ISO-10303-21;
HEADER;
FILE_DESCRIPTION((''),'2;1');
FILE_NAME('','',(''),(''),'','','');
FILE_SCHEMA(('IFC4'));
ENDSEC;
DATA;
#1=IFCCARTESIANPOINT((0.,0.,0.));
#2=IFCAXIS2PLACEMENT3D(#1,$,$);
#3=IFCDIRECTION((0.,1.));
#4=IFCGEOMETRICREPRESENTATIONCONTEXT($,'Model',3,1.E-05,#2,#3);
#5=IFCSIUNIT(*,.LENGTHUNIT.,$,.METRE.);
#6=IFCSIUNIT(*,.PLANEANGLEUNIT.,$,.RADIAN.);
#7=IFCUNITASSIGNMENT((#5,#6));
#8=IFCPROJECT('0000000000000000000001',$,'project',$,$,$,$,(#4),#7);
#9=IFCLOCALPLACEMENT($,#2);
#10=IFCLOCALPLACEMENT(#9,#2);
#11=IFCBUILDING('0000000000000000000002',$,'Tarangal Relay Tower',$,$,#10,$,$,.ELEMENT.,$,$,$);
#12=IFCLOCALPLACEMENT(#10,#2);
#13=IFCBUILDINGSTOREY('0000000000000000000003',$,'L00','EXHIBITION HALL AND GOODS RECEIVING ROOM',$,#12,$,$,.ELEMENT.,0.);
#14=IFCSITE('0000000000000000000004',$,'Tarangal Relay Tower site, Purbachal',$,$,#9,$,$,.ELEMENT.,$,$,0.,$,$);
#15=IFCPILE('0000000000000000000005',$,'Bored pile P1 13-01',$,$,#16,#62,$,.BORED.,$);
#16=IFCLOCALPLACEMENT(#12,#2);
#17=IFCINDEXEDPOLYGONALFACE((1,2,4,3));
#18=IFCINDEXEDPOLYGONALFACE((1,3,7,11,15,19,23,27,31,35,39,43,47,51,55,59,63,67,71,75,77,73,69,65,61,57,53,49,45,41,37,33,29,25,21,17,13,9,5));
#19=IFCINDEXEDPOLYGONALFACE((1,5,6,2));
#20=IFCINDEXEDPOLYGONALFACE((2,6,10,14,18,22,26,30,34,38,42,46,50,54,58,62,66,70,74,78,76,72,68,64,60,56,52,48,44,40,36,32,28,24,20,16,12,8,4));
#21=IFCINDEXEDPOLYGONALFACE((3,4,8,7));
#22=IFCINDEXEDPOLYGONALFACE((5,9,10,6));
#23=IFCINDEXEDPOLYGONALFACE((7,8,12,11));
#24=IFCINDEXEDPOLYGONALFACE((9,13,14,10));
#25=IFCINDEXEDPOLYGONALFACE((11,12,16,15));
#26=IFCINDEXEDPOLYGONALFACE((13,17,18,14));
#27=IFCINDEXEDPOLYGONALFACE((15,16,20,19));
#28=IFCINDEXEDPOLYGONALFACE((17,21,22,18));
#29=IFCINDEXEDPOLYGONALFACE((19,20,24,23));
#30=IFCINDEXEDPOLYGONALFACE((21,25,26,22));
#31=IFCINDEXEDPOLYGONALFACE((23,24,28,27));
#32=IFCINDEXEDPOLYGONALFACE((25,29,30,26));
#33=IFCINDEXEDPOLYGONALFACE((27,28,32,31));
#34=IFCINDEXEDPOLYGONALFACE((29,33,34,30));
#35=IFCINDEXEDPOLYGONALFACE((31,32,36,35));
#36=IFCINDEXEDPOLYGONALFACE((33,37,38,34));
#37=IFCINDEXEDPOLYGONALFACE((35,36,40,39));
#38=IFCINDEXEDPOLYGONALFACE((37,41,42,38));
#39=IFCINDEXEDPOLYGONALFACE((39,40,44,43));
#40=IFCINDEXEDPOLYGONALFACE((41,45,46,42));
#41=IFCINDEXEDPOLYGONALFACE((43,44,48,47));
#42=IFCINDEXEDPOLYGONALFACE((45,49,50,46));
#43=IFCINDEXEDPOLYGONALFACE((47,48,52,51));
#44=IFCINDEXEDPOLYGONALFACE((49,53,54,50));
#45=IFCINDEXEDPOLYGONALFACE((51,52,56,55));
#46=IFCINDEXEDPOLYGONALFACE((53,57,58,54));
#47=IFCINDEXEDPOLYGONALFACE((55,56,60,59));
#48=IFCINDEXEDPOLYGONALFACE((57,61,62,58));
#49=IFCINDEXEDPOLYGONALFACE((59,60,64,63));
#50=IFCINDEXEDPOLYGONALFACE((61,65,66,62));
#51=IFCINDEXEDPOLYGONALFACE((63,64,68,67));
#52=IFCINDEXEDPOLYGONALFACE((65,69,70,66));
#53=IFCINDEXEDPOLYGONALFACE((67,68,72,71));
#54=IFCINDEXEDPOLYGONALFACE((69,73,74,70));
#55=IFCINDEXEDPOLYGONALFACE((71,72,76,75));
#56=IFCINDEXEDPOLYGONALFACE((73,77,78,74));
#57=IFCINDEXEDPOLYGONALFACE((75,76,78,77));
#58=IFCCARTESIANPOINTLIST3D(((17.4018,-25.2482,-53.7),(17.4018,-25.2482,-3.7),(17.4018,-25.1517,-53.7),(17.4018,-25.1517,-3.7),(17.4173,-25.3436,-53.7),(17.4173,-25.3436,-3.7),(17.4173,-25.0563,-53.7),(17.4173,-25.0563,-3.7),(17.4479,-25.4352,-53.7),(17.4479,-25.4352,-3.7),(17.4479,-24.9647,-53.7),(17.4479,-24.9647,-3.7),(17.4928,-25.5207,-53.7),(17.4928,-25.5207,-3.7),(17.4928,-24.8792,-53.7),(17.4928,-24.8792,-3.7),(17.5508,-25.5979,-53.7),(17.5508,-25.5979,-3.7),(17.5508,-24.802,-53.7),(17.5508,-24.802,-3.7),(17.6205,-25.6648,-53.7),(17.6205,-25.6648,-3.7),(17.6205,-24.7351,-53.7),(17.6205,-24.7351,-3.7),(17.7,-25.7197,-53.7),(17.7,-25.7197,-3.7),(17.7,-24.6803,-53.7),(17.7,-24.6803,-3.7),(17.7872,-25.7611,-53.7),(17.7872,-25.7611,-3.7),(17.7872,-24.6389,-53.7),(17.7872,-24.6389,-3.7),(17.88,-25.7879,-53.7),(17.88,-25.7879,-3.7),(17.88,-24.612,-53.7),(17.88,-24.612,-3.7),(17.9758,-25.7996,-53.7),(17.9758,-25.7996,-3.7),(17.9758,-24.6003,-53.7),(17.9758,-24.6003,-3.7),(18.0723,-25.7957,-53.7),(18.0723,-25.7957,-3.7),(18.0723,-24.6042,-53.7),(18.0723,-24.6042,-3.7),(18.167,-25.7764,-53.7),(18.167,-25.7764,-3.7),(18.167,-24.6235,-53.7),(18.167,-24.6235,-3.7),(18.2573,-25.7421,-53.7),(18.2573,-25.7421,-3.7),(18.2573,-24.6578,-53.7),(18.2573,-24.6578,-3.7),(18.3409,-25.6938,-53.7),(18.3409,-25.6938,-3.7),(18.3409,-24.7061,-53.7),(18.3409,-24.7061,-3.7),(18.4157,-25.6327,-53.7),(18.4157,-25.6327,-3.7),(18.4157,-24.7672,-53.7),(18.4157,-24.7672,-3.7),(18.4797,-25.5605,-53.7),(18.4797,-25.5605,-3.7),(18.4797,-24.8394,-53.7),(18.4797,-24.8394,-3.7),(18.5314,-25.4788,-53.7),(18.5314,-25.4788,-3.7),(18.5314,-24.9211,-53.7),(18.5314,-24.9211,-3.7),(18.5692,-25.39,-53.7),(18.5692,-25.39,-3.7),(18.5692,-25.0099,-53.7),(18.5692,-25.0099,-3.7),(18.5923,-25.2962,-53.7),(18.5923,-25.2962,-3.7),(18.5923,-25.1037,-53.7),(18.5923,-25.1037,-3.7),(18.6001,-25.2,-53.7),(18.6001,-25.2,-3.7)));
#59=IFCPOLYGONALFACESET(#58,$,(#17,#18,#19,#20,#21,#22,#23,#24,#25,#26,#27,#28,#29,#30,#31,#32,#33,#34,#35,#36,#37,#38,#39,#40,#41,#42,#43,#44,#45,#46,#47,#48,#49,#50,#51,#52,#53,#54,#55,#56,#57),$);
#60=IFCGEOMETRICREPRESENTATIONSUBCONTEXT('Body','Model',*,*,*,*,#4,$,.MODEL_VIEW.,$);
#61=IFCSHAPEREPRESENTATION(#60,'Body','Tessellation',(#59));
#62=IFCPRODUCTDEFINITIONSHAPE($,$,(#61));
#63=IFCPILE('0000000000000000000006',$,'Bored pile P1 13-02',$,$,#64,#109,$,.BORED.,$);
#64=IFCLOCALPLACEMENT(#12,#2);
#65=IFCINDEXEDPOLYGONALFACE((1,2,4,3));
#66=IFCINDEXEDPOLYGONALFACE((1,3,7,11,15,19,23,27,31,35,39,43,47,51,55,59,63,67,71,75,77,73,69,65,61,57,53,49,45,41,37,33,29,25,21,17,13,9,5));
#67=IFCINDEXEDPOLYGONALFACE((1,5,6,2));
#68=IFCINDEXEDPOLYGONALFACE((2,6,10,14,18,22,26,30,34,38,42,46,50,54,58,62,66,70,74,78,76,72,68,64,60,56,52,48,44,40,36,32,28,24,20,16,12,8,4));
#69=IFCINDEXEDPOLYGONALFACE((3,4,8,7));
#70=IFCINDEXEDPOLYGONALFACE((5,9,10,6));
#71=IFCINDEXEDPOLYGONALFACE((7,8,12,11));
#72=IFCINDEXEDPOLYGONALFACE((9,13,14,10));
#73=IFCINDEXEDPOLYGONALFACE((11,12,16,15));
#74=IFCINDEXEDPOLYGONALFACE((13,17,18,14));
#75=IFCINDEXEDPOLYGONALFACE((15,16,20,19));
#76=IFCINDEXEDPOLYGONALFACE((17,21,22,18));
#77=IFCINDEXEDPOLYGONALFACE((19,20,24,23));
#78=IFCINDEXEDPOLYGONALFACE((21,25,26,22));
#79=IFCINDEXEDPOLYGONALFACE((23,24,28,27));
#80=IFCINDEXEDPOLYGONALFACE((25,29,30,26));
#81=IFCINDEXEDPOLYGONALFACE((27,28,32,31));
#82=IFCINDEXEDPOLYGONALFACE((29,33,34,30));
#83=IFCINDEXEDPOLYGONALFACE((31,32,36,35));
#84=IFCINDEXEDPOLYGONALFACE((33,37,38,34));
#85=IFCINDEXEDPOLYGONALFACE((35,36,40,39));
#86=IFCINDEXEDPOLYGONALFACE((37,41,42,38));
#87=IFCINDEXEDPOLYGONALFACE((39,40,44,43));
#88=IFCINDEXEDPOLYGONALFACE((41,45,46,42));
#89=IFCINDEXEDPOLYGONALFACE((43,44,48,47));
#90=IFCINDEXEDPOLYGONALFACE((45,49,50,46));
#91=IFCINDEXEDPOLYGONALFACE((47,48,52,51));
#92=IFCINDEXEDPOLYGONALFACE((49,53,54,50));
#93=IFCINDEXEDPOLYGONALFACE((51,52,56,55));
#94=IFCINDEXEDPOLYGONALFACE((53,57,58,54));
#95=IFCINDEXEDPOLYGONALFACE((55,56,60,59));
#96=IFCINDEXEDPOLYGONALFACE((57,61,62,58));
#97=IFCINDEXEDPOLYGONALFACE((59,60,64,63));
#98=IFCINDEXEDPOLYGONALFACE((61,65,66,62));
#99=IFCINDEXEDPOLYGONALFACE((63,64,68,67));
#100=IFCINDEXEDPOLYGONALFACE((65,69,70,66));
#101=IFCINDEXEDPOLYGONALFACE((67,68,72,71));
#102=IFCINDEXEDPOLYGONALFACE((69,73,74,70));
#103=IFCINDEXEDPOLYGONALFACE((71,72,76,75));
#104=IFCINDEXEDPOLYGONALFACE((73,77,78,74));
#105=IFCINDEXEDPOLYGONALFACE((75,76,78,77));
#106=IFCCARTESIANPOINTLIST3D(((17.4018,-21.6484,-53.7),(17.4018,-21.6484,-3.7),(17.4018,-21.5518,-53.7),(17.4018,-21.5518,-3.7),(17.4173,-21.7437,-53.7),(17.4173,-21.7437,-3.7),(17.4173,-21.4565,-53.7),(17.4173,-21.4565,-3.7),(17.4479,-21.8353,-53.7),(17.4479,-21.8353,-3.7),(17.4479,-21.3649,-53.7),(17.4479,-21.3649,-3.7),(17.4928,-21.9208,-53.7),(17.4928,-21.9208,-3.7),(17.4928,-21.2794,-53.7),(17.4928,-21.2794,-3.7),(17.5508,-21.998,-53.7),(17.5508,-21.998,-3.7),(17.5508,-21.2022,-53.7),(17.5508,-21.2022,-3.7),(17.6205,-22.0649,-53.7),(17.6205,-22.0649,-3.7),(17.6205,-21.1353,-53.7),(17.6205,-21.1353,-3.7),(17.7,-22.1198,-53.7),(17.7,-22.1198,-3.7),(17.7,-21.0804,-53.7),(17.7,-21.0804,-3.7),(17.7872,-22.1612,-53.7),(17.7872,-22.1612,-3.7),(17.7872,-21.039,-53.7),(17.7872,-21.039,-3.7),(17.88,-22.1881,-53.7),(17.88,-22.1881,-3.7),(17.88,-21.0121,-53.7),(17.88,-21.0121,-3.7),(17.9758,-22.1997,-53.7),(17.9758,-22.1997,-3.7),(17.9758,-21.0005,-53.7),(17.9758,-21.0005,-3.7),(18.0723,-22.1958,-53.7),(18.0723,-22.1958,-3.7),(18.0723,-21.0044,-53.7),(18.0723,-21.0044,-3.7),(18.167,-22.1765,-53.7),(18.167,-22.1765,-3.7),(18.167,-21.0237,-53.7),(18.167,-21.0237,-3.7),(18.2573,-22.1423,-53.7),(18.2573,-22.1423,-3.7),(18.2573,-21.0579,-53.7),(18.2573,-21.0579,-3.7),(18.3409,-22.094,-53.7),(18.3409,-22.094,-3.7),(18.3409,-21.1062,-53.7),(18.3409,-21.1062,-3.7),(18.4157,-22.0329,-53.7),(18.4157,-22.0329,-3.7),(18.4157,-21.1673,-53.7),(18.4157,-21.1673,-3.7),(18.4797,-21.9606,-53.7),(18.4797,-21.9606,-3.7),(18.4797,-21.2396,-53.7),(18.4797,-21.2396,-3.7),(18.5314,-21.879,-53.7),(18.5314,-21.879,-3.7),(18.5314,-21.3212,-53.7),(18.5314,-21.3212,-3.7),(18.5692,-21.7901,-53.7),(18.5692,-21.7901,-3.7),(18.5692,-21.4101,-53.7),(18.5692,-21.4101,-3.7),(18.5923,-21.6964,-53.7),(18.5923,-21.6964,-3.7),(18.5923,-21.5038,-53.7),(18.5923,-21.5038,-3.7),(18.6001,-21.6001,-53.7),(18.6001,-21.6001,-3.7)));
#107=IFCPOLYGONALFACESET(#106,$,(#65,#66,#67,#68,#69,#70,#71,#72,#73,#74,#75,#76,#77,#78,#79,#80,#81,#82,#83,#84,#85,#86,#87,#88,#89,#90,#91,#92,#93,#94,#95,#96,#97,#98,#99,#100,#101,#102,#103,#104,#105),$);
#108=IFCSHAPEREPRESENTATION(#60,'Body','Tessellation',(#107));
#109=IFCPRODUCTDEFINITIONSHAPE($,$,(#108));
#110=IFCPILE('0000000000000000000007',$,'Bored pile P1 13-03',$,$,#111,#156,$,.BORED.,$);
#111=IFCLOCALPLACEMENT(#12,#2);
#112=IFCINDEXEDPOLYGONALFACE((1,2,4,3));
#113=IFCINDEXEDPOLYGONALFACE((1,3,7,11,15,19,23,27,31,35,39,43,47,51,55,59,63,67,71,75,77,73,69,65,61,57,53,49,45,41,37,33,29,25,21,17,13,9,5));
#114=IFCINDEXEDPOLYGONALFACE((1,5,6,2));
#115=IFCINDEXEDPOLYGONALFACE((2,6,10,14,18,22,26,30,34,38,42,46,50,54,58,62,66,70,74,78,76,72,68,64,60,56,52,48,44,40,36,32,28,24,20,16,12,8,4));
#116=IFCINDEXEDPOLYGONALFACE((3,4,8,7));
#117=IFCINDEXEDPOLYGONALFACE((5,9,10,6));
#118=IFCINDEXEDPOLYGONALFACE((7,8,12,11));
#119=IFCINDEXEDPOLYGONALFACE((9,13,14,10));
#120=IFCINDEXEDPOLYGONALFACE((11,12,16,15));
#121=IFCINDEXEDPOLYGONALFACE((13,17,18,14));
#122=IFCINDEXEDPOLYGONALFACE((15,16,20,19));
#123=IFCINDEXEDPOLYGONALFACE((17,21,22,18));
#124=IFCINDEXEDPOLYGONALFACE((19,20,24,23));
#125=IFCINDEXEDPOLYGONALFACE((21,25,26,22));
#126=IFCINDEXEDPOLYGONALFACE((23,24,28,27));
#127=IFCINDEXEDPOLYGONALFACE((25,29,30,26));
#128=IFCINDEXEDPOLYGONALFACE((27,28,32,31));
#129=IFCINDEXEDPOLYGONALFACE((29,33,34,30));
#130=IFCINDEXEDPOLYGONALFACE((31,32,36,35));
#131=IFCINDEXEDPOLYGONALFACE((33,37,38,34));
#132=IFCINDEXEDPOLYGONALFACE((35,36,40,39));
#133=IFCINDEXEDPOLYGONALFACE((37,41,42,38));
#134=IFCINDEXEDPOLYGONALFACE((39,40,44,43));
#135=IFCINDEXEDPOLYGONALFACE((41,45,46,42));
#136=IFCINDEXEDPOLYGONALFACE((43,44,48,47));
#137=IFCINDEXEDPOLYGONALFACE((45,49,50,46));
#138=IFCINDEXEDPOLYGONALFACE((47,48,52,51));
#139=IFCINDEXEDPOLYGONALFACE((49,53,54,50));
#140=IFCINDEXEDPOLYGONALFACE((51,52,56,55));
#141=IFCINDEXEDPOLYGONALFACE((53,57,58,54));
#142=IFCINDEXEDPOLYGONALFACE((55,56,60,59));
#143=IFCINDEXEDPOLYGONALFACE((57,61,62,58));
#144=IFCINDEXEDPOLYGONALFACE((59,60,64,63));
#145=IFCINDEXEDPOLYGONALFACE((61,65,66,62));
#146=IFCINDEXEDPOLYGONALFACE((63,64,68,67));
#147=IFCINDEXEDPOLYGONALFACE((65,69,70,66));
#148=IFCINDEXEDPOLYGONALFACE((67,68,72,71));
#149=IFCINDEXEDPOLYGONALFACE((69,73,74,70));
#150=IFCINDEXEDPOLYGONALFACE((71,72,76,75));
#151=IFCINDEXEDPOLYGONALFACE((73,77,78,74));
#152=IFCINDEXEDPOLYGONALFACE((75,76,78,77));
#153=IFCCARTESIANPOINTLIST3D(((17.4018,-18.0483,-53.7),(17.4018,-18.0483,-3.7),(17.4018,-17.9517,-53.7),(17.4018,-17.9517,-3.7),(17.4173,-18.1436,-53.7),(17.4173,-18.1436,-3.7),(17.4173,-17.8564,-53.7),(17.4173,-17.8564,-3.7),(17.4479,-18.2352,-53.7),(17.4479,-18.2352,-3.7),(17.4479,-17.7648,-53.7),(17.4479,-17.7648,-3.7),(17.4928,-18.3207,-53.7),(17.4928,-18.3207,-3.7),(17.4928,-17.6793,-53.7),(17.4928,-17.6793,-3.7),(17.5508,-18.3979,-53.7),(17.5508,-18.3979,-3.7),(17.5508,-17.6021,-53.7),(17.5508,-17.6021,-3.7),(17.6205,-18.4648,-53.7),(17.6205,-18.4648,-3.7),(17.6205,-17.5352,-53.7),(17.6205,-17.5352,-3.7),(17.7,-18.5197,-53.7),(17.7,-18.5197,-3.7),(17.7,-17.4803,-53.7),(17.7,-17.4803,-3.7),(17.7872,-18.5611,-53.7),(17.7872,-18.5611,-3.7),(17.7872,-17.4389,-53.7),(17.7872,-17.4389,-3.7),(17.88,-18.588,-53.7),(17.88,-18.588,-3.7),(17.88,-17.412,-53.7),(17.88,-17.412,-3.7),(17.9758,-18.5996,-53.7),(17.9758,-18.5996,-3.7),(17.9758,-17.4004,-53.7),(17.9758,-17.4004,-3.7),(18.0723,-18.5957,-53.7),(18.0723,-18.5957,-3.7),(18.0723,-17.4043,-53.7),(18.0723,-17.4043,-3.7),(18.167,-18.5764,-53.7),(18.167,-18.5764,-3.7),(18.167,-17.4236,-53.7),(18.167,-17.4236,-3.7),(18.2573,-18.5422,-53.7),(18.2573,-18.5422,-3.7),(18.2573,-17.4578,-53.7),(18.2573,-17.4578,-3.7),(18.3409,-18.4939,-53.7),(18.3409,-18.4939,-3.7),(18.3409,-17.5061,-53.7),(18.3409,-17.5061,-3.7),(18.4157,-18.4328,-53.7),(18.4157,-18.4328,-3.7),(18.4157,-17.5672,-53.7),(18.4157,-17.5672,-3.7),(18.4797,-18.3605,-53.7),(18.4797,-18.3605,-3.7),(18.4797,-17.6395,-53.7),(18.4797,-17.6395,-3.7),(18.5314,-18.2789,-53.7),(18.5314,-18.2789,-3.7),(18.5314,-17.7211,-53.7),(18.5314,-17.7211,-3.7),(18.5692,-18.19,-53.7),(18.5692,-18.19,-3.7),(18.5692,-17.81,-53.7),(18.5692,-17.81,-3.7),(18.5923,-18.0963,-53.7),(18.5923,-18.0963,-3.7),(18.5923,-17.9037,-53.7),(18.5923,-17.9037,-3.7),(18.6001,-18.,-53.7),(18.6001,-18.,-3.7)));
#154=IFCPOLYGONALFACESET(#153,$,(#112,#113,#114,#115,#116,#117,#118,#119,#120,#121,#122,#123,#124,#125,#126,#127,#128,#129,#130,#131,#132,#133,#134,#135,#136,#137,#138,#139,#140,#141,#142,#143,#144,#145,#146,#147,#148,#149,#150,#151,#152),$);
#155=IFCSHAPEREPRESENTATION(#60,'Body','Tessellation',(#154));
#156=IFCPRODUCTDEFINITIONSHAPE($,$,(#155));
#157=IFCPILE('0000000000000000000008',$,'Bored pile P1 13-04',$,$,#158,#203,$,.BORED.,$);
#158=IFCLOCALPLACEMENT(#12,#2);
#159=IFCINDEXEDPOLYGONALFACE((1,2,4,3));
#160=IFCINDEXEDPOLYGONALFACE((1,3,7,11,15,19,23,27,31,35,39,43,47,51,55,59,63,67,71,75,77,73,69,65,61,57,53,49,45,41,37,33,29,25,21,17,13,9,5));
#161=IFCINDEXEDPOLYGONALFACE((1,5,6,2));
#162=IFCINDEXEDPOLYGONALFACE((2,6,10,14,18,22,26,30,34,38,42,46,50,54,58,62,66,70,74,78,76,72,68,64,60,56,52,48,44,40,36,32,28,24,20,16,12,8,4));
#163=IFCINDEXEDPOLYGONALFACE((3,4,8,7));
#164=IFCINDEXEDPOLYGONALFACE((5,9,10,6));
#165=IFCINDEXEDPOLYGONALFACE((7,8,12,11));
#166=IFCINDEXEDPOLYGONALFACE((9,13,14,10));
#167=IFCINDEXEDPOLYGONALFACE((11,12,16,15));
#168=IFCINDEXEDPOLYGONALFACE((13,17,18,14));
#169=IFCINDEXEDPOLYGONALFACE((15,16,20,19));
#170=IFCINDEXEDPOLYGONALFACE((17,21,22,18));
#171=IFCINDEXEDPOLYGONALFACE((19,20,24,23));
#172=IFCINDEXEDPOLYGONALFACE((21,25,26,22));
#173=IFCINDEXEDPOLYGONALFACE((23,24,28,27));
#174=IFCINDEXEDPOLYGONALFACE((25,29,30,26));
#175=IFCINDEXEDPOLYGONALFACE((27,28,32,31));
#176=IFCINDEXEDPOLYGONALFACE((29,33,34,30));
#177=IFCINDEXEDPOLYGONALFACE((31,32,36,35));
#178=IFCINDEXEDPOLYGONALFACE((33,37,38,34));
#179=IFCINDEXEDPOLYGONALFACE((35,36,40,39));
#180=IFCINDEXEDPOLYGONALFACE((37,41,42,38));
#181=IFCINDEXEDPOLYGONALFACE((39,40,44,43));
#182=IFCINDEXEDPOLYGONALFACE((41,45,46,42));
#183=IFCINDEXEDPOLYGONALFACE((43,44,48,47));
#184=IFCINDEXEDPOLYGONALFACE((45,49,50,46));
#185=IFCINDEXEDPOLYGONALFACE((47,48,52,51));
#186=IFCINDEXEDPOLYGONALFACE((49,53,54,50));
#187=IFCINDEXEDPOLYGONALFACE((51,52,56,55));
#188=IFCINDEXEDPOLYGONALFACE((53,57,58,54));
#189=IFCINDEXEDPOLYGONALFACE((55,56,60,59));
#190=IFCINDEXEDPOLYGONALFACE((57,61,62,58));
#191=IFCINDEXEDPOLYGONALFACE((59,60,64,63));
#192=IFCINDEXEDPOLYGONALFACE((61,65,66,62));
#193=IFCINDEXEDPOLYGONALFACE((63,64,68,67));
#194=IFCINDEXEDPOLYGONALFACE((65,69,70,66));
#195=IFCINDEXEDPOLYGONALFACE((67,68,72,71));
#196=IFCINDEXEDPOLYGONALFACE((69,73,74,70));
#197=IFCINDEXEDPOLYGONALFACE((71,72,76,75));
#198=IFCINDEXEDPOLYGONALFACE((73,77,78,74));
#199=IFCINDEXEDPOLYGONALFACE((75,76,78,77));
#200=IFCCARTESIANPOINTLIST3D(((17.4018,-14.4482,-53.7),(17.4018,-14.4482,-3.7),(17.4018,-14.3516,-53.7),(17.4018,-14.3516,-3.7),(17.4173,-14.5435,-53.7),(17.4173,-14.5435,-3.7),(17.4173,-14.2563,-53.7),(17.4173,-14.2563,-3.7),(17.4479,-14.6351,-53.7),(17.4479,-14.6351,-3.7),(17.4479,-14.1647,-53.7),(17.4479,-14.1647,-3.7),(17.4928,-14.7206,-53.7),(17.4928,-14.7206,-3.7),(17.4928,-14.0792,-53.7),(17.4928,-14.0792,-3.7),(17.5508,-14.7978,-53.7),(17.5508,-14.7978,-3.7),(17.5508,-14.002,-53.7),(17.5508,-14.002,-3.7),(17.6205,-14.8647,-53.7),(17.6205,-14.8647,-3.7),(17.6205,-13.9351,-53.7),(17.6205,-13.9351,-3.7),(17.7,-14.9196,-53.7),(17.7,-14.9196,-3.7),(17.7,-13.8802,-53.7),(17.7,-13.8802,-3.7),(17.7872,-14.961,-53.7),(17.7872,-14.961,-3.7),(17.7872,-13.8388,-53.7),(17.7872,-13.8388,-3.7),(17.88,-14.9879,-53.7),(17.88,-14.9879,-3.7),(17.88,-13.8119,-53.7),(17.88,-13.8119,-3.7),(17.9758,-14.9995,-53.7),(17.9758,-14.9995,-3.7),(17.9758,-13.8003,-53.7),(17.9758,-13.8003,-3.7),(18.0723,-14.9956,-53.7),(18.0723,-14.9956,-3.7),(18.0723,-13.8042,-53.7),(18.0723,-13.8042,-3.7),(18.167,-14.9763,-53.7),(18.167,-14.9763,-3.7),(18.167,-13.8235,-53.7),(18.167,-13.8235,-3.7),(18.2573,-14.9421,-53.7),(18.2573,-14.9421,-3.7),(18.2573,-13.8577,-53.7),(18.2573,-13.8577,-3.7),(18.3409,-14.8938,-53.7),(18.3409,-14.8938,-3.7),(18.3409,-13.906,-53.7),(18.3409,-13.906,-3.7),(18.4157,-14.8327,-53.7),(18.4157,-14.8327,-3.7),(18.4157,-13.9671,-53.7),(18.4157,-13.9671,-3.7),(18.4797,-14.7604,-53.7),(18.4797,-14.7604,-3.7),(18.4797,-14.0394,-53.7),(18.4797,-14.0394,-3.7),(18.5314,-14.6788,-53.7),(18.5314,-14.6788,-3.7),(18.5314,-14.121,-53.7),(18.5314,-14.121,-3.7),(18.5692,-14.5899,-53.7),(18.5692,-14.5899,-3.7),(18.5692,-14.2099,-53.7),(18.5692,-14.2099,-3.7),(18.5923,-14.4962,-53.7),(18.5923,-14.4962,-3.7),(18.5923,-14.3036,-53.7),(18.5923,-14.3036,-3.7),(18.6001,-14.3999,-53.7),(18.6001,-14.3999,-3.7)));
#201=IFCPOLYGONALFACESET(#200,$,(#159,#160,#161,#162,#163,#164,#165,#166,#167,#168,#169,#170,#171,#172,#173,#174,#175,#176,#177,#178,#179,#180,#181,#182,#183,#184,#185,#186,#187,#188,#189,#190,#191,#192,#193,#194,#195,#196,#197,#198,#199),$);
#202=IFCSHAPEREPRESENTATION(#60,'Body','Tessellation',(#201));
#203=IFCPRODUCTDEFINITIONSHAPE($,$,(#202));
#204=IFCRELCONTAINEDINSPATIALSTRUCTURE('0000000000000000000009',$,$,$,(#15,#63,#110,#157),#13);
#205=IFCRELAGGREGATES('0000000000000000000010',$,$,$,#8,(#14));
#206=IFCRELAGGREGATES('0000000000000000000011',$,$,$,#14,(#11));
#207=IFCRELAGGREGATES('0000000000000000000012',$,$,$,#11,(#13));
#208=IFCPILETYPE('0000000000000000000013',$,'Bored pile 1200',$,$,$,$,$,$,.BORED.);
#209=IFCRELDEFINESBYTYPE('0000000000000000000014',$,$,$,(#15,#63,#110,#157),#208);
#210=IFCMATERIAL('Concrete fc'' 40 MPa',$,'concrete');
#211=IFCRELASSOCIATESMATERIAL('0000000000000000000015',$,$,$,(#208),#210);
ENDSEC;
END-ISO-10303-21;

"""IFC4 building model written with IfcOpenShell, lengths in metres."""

from ifc_helpers import new_model, si_unit, direction, frame, origin, origin_2d, place, context, subcontext, project, spatial, circle, extrude, material, material_profile, profile_set, type_object, element, save


model = new_model("IFC4")

# Units and contexts
model_context = context("Model", 3, precision=1e-05, world=origin(), true_north=direction((0.0, 1.0)))
body_context = subcontext(model_context, "Body", "Model", "MODEL_VIEW")
ifc_project = project(units=[si_unit("LENGTHUNIT", "METRE"), si_unit("PLANEANGLEUNIT", "RADIAN")], contexts=[model_context])

# Site, building, storey
site_placement = place(None, origin())
site = spatial("IfcSite", under=ifc_project, at=site_placement, Name="Tarangal Relay Tower site, Purbachal", CompositionType="ELEMENT", RefElevation=0.0)
building_placement = place(site_placement, origin())
building = spatial("IfcBuilding", under=site, at=building_placement, Name="Tarangal Relay Tower", CompositionType="ELEMENT")
storey_placement = place(building_placement, origin())
storey = spatial("IfcBuildingStorey", under=building, at=storey_placement, Name="L00", Description="EXHIBITION HALL AND GOODS RECEIVING ROOM", CompositionType="ELEMENT", Elevation=0.0)

# Piles
ifc_material_1 = material(Name="Concrete fc' 40 MPa", Category="concrete")
ifc_material_profile_1 = material_profile(ifc_material_1, circle(Radius=0.6001, at=origin_2d()), Name="D1200")
ifc_profile_set_1 = profile_set([ifc_material_profile_1], Name="Concrete fc' 40 MPa")
pile_type = type_object("IfcPileType", Name="Bored pile 1200", PredefinedType="BORED", material=ifc_profile_set_1)
for number, where, z_axis, x_axis, name in (
    (1, (18.0, -25.2, -3.7), (0.0, 0.0, -1.0), (1.0, 0.0, 0.0), "Bored pile P1 13-01"),
    (2, (18.0, -21.6001, -3.7), (0.0, 0.0, -1.0), (1.0, 0.0, 0.0), "Bored pile P1 13-02"),
    (3, (18.0, -18.0, -3.7), (0.0, 0.0, -1.0), (1.0, 0.0, 0.0), "Bored pile P1 13-03"),
    (4, (18.0, -14.3999, -3.7), (0.0, 0.0, -1.0), (1.0, 0.0, 0.0), "Bored pile P1 13-04"),
):
    element("IfcPile", number, at=place(storey_placement, frame(where, z_axis=z_axis, x_axis=x_axis)), inside=storey, type_object=pile_type, Name=name, PredefinedType="BORED", context=body_context, shape_type="SweptSolid", body=[
        extrude(circle(Radius=0.6001, at=origin_2d()), origin(), (0.0, 0.0, 1.0), 50.0),
    ])

save(model, "model.ifc")
